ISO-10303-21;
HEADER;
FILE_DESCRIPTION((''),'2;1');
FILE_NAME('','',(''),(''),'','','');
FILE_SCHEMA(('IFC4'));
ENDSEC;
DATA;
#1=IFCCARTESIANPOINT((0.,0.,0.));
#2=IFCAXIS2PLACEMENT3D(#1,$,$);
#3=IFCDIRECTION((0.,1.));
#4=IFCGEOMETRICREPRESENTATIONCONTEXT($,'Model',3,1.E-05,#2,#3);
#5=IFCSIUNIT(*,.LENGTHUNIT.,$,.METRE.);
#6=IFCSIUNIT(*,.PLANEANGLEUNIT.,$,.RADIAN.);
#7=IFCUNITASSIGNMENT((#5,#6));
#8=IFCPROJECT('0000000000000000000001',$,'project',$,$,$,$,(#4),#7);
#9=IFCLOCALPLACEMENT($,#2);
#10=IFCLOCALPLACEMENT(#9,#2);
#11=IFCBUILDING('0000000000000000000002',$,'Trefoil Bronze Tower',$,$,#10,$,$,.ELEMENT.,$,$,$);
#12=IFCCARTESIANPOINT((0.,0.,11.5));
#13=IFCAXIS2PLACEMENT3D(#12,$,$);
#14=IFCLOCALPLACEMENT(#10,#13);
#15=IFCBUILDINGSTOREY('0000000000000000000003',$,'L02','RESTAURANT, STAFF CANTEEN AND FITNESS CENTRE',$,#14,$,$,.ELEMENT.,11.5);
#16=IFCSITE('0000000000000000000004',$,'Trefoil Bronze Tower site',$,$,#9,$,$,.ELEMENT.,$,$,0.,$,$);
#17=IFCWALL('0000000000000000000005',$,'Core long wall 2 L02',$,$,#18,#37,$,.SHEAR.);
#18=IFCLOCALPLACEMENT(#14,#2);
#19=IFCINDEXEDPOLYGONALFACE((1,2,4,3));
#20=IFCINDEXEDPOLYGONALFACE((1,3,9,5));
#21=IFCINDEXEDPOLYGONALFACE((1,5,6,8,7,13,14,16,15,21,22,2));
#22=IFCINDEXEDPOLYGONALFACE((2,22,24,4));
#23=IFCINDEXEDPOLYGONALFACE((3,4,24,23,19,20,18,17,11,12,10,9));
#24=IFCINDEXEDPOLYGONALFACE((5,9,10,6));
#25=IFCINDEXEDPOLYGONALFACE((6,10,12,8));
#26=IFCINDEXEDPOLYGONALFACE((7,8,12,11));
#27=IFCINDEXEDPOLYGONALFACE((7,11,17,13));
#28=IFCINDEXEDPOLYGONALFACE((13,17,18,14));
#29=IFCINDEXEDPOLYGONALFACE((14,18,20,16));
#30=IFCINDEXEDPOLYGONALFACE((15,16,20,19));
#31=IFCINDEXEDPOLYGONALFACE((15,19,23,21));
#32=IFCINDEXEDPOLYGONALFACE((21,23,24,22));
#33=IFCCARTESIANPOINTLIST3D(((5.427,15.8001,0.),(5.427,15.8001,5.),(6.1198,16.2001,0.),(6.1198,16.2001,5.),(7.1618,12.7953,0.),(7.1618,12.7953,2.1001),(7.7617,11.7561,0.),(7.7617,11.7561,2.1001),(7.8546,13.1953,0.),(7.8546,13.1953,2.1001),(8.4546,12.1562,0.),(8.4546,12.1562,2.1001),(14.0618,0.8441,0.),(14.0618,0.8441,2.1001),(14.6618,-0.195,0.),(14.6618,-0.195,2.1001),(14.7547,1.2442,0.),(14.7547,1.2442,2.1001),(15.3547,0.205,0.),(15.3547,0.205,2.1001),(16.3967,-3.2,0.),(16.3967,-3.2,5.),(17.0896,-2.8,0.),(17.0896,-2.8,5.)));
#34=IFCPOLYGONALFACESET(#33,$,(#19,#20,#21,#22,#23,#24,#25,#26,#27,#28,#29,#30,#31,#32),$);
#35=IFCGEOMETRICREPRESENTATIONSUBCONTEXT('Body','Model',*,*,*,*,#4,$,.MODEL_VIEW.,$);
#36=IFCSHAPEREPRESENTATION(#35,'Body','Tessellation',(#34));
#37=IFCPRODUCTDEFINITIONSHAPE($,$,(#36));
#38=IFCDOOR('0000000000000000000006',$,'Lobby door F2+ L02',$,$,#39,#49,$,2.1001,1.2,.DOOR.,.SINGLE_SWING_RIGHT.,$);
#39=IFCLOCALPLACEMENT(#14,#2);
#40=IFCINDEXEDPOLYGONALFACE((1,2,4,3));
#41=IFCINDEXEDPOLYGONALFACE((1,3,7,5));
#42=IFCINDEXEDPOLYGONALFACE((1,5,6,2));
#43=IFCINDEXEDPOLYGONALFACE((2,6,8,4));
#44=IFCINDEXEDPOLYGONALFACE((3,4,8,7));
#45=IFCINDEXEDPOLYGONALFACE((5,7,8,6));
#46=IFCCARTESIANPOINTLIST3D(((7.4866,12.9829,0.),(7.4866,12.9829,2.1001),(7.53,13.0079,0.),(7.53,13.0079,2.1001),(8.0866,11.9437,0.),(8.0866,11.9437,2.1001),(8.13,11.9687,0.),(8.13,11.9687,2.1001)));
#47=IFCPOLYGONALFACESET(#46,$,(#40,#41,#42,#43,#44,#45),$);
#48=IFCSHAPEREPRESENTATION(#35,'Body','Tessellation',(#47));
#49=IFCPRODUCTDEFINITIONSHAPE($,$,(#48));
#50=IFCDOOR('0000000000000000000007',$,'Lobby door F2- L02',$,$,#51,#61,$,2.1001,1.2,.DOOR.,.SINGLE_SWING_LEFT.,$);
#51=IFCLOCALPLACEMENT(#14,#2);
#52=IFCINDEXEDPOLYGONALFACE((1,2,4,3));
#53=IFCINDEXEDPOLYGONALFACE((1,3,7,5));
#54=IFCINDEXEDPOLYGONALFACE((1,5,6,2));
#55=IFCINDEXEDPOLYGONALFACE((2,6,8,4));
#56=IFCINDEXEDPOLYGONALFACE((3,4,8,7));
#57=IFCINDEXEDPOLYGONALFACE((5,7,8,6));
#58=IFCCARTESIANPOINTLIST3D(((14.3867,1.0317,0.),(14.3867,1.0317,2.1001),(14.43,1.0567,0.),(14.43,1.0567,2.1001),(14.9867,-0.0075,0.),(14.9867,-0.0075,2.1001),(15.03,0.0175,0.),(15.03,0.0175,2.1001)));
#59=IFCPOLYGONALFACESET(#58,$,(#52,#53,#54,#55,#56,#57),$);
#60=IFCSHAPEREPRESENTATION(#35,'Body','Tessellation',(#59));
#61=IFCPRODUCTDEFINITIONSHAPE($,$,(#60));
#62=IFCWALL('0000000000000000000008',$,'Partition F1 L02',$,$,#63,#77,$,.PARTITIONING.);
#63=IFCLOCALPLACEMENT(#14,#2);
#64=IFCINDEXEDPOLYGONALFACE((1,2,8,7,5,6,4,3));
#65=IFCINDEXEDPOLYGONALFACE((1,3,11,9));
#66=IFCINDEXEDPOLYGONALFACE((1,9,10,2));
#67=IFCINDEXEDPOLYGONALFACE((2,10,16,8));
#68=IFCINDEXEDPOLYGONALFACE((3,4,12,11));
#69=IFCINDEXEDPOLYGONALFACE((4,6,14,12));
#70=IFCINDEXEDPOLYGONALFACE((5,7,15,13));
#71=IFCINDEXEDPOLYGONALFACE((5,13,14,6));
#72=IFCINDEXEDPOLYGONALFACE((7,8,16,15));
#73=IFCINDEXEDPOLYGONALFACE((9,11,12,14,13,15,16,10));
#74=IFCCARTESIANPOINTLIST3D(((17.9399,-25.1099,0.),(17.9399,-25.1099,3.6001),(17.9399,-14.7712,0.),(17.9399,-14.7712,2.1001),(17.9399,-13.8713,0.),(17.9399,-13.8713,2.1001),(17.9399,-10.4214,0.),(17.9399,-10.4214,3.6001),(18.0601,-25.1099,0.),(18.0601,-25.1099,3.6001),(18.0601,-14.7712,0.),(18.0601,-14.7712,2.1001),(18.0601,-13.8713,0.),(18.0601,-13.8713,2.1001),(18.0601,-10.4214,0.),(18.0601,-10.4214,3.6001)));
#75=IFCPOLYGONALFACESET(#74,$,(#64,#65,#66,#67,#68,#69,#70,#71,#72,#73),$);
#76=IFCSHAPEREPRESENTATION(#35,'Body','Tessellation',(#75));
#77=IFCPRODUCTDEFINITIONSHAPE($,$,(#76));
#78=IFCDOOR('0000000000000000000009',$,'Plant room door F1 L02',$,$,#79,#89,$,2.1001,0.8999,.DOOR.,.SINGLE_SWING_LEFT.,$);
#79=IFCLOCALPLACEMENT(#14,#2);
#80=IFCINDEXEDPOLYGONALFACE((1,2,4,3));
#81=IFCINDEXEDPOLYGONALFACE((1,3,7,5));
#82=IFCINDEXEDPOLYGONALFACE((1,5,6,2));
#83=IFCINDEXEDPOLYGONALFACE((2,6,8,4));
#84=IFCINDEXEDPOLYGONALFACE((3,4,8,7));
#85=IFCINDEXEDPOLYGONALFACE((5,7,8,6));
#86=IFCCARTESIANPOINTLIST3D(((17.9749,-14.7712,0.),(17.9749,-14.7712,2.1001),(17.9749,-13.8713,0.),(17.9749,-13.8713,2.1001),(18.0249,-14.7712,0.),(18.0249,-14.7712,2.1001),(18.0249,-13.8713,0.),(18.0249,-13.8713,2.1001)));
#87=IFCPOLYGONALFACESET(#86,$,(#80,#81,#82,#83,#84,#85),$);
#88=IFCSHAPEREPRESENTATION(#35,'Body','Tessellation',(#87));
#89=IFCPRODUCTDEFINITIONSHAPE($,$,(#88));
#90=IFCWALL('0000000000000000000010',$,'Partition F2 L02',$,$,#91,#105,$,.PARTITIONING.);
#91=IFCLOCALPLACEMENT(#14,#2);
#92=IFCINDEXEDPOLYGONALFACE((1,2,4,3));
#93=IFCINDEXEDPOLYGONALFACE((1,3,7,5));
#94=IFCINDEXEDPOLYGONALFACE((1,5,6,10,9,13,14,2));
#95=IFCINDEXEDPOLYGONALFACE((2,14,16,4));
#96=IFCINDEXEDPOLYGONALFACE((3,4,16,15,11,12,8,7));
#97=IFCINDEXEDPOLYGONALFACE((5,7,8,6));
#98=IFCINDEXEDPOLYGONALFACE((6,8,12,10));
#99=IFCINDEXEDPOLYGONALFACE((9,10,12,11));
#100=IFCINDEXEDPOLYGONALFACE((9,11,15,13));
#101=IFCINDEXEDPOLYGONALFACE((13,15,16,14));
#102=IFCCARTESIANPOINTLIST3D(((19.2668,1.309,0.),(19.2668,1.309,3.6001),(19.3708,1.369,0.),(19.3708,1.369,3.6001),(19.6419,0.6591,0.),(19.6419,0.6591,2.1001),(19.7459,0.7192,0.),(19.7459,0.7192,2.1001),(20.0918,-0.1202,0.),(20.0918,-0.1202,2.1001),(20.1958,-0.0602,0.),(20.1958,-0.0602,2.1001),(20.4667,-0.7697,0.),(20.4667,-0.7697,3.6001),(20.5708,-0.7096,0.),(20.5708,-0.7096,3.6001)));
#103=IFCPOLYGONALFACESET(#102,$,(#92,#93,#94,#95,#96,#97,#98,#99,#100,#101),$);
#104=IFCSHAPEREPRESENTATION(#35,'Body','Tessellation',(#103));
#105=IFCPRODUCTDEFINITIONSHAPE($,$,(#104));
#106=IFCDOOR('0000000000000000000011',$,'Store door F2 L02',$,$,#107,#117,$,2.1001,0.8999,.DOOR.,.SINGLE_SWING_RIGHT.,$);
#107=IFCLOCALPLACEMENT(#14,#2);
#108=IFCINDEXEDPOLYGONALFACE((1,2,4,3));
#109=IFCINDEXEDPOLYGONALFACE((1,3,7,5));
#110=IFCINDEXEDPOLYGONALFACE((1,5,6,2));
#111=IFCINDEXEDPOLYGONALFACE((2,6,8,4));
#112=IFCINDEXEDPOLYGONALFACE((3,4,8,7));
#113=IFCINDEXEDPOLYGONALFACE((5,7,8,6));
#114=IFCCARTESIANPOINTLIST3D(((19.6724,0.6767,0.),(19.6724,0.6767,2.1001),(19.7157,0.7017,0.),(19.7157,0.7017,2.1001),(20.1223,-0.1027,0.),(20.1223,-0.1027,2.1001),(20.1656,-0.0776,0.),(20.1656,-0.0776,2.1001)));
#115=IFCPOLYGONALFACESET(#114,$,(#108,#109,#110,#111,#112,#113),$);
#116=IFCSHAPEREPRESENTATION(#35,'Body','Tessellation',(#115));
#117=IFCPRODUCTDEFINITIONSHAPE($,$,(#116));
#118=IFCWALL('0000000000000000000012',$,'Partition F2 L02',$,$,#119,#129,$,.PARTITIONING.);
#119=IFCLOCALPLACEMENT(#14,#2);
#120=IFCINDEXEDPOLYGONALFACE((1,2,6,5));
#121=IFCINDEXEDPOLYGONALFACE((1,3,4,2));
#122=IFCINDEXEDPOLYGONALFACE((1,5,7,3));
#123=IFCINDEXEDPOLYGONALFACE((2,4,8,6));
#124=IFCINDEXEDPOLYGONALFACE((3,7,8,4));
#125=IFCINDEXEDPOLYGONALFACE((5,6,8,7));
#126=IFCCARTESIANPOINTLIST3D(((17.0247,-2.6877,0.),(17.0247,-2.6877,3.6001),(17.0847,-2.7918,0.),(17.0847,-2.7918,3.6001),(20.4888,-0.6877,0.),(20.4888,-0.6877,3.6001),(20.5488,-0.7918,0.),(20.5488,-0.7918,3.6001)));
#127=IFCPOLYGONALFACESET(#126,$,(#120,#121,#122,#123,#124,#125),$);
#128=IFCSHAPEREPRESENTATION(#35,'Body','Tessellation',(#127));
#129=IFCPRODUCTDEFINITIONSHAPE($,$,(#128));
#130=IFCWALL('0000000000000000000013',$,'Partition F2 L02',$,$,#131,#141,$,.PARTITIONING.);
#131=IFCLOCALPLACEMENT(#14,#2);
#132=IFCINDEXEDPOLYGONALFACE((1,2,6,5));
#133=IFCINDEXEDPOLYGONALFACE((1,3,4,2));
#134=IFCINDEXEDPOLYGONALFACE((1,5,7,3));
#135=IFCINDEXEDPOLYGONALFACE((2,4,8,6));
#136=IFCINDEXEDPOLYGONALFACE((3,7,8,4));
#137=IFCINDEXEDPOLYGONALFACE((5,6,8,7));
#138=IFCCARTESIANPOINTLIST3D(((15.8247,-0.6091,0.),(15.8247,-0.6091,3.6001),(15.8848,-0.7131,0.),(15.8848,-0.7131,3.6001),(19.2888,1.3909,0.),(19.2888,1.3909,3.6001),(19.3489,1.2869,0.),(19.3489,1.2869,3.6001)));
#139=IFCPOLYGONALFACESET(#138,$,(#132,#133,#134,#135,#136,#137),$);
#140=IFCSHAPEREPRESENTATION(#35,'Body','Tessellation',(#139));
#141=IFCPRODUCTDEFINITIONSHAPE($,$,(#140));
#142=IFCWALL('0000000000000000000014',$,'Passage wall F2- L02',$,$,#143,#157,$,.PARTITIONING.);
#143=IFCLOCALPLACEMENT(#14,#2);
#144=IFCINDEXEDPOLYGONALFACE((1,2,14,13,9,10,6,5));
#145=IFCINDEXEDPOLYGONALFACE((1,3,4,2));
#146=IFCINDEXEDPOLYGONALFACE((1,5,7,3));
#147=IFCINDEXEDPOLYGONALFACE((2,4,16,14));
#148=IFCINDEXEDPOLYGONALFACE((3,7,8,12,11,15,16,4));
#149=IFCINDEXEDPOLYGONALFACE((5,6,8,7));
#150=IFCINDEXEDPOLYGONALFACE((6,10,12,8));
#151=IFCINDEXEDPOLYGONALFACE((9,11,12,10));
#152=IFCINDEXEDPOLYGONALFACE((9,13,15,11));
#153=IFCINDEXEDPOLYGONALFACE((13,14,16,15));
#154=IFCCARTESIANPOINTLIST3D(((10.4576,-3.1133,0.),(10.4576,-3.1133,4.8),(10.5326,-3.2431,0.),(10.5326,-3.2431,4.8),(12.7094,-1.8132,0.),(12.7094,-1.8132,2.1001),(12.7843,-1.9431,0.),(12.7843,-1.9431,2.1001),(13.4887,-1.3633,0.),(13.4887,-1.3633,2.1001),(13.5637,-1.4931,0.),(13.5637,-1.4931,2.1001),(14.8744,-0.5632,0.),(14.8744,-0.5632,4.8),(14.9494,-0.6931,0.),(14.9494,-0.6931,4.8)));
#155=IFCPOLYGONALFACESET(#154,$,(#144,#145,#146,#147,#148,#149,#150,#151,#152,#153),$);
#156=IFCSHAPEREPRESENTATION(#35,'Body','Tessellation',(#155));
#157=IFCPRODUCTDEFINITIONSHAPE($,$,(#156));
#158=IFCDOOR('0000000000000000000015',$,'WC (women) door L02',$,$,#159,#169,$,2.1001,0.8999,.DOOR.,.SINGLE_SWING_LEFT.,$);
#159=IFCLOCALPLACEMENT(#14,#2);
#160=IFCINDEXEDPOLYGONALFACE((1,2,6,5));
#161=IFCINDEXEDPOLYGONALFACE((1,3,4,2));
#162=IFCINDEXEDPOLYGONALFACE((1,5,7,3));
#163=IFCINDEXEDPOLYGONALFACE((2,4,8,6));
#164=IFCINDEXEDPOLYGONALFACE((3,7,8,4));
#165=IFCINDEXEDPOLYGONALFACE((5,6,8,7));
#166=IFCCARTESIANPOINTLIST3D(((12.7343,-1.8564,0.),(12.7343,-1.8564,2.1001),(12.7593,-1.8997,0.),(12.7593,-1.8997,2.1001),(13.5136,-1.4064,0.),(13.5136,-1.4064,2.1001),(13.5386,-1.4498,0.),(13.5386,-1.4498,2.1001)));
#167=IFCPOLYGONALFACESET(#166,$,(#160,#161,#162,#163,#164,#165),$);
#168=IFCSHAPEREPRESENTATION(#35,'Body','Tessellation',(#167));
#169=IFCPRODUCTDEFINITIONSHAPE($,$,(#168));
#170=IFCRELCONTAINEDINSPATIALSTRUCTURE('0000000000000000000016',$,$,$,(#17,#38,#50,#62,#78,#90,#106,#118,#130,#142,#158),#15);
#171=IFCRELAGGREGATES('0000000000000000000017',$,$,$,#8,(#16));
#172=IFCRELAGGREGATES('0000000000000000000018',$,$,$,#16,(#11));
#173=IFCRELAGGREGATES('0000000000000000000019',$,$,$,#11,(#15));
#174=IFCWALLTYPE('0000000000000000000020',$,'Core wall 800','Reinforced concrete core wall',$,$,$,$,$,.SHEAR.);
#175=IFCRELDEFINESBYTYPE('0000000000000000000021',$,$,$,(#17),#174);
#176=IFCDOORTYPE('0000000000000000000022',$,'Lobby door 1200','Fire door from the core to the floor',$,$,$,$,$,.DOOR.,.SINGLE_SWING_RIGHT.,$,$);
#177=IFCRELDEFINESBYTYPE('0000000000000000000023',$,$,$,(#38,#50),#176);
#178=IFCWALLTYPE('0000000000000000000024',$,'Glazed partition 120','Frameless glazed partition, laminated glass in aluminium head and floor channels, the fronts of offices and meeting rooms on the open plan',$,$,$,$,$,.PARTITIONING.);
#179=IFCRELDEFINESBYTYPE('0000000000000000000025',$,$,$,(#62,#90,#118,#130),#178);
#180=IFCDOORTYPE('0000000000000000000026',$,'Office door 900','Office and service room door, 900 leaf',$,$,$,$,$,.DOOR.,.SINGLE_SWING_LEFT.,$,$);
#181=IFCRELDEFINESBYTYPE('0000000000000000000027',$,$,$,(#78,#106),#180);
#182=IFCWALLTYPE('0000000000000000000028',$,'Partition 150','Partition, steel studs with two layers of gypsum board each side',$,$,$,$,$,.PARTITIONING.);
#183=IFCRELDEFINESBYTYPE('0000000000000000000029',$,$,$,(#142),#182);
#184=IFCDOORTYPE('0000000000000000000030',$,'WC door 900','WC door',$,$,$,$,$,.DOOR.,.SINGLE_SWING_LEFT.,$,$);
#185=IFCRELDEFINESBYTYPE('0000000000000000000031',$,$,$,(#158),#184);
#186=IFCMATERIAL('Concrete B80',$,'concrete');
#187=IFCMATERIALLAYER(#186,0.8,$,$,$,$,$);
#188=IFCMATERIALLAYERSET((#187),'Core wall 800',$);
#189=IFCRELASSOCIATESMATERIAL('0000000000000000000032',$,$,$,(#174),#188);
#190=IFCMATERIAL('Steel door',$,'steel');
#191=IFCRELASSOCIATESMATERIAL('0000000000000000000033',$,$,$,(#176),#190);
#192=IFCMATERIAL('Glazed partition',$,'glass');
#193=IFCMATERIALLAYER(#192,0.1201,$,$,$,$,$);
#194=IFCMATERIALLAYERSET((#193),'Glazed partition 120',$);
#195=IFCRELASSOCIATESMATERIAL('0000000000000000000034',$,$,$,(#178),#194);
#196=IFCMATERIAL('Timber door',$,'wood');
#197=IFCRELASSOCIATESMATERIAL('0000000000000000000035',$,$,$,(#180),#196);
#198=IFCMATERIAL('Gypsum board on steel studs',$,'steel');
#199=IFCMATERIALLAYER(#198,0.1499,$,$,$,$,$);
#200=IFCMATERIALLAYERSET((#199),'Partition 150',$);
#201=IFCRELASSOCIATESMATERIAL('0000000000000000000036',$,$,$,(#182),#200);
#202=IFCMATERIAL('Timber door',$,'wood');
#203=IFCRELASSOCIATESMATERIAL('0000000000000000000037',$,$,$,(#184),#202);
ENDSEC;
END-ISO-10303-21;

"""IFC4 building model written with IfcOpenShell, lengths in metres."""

from ifc_helpers import new_model, si_unit, direction, frame, frame_2d, origin, place, context, subcontext, project, spatial, rectangle, extrude, material, layer, layer_set, type_object, element, fill, save


model = new_model("IFC4")

# Units and contexts
model_context = context("Model", 3, precision=1e-05, world=origin(), true_north=direction((0.0, 1.0)))
body_context = subcontext(model_context, "Body", "Model", "MODEL_VIEW")
ifc_project = project(units=[si_unit("LENGTHUNIT", "METRE"), si_unit("PLANEANGLEUNIT", "RADIAN")], contexts=[model_context])

# Site, building, storey
site_placement = place(None, origin())
site = spatial("IfcSite", under=ifc_project, at=site_placement, Name="Trefoil Bronze Tower site", CompositionType="ELEMENT", RefElevation=0.0)
building_placement = place(site_placement, origin())
building = spatial("IfcBuilding", under=site, at=building_placement, Name="Trefoil Bronze Tower", CompositionType="ELEMENT")
storey_placement = place(building_placement, frame((0.0, 0.0, 11.5)))
storey = spatial("IfcBuildingStorey", under=building, at=storey_placement, Name="L02", Description="RESTAURANT, STAFF CANTEEN AND FITNESS CENTRE", CompositionType="ELEMENT", Elevation=11.5)

# Wall, openings, doors
ifc_material_1 = material(Name="Concrete B80", Category="concrete")
ifc_layer_1 = layer(ifc_material_1, 0.8)
ifc_layer_set_1 = layer_set([ifc_layer_1], Name="Core wall 800")
wall_type_1 = type_object("IfcWallType", Name="Core wall 800", Description="Reinforced concrete core wall", PredefinedType="SHEAR", material=ifc_layer_set_1)
wall_1_placement = place(storey_placement, frame((16.7432, -3.0, 0.0), z_axis=(0.0, 0.0, 1.0), x_axis=(-0.500002, 0.866024, 0.0)))
wall_1 = element("IfcWall", 1, at=wall_1_placement, inside=storey, type_object=wall_type_1, Name="Core long wall 2 L02", PredefinedType="SHEAR", context=body_context, shape_type="SweptSolid", body=[
    extrude(rectangle(XDim=21.9395, YDim=0.8, at=frame_2d((10.9697, 0.0))), origin(), (0.0, 0.0, 1.0), 5.0),
])
opening_1_placement = place(wall_1_placement, frame((17.2698, 0.0, 0.0)))
opening_1 = element("IfcOpeningElement", 2, at=opening_1_placement, cuts=wall_1, PredefinedType="OPENING", context=body_context, shape_type="SweptSolid", body=[
    extrude(rectangle(XDim=1.2, YDim=2.1001, at=frame_2d((0.6001, 1.05))), frame((0.0, 0.4099, 0.0), z_axis=(0.0, -1.0, 0.0), x_axis=(1.0, 0.0, 0.0)), (0.0, 0.0, 1.0), 0.8201),
])
opening_2_placement = place(wall_1_placement, frame((3.4697, 0.0, 0.0)))
opening_2 = element("IfcOpeningElement", 3, at=opening_2_placement, cuts=wall_1, PredefinedType="OPENING", context=body_context, shape_type="SweptSolid", body=[
    extrude(rectangle(XDim=1.2, YDim=2.1001, at=frame_2d((0.6001, 1.05))), frame((0.0, 0.4099, 0.0), z_axis=(0.0, -1.0, 0.0), x_axis=(1.0, 0.0, 0.0)), (0.0, 0.0, 1.0), 0.8201),
])
ifc_material_2 = material(Name="Steel door", Category="steel")
door_type_1 = type_object("IfcDoorType", Name="Lobby door 1200", Description="Fire door from the core to the floor", OperationType="SINGLE_SWING_RIGHT", PredefinedType="DOOR", material=ifc_material_2)
door_1_placement = place(opening_1_placement, origin())
door_1 = element("IfcDoor", 4, at=door_1_placement, inside=storey, type_object=door_type_1, Name="Lobby door F2+ L02", OperationType="SINGLE_SWING_RIGHT", OverallHeight=2.1001, OverallWidth=1.2, PredefinedType="DOOR", context=body_context, shape_type="SweptSolid", body=[
    extrude(rectangle(XDim=1.2, YDim=2.1001, at=frame_2d((0.6001, 1.05))), frame((0.0, 0.0249, 0.0), z_axis=(0.0, -1.0, 0.0), x_axis=(1.0, 0.0, 0.0)), (0.0, 0.0, 1.0), 0.05),
])
fill(opening_1, door_1)
door_2_placement = place(opening_2_placement, origin())
door_2 = element("IfcDoor", 5, at=door_2_placement, inside=storey, type_object=door_type_1, Name="Lobby door F2- L02", OperationType="SINGLE_SWING_LEFT", OverallHeight=2.1001, OverallWidth=1.2, PredefinedType="DOOR", context=body_context, shape_type="SweptSolid", body=[
    extrude(rectangle(XDim=1.2, YDim=2.1001, at=frame_2d((0.6001, 1.05))), frame((0.0, 0.0249, 0.0), z_axis=(0.0, -1.0, 0.0), x_axis=(1.0, 0.0, 0.0)), (0.0, 0.0, 1.0), 0.05),
])
fill(opening_2, door_2)

# Walls, openings, doors
ifc_material_3 = material(Name="Glazed partition", Category="glass")
ifc_layer_2 = layer(ifc_material_3, 0.1201)
ifc_layer_set_2 = layer_set([ifc_layer_2], Name="Glazed partition 120")
wall_type_2 = type_object("IfcWallType", Name="Glazed partition 120", Description="Frameless glazed partition, laminated glass in aluminium head and floor channels, the fronts of offices and meeting rooms on the open plan", PredefinedType="PARTITIONING", material=ifc_layer_set_2)
wall_2_placement = place(storey_placement, frame((18.0, -10.4214, 0.0), z_axis=(0.0, 0.0, 1.0), x_axis=(0.0, -1.0, 0.0)))
wall_2 = element("IfcWall", 6, at=wall_2_placement, inside=storey, type_object=wall_type_2, Name="Partition F1 L02", PredefinedType="PARTITIONING", context=body_context, shape_type="SweptSolid", body=[
    extrude(rectangle(XDim=14.6885, YDim=0.1201, at=frame_2d((7.3442, 0.0))), origin(), (0.0, 0.0, 1.0), 3.6001),
])
opening_3_placement = place(wall_2_placement, frame((3.45, 0.0, 0.0)))
opening_3 = element("IfcOpeningElement", 7, at=opening_3_placement, cuts=wall_2, PredefinedType="OPENING", context=body_context, shape_type="SweptSolid", body=[
    extrude(rectangle(XDim=0.8999, YDim=2.1001, at=frame_2d((0.45, 1.05))), frame((0.0, 0.0701, 0.0), z_axis=(0.0, -1.0, 0.0), x_axis=(1.0, 0.0, 0.0)), (0.0, 0.0, 1.0), 0.1401),
])
ifc_material_4 = material(Name="Timber door", Category="wood")
door_type_2 = type_object("IfcDoorType", Name="Office door 900", Description="Office and service room door, 900 leaf", OperationType="SINGLE_SWING_LEFT", PredefinedType="DOOR", material=ifc_material_4)
door_3_placement = place(opening_3_placement, origin())
door_3 = element("IfcDoor", 8, at=door_3_placement, inside=storey, type_object=door_type_2, Name="Plant room door F1 L02", OperationType="SINGLE_SWING_LEFT", OverallHeight=2.1001, OverallWidth=0.8999, PredefinedType="DOOR", context=body_context, shape_type="SweptSolid", body=[
    extrude(rectangle(XDim=0.8999, YDim=2.1001, at=frame_2d((0.45, 1.05))), frame((0.0, 0.0249, 0.0), z_axis=(0.0, -1.0, 0.0), x_axis=(1.0, 0.0, 0.0)), (0.0, 0.0, 1.0), 0.05),
])
fill(opening_3, door_3)
wall_3_placement = place(storey_placement, frame((20.5188, -0.7397, 0.0), z_axis=(0.0, 0.0, 1.0), x_axis=(-0.499957, 0.86605, 0.0)))
wall_3 = element("IfcWall", 9, at=wall_3_placement, inside=storey, type_object=wall_type_2, Name="Partition F2 L02", PredefinedType="PARTITIONING", context=body_context, shape_type="SweptSolid", body=[
    extrude(rectangle(XDim=2.4001, YDim=0.1201, at=frame_2d((1.2002, 0.0))), origin(), (0.0, 0.0, 1.0), 3.6001),
])
opening_4_placement = place(wall_3_placement, frame((0.75, 0.0, 0.0)))
opening_4 = element("IfcOpeningElement", 10, at=opening_4_placement, cuts=wall_3, PredefinedType="OPENING", context=body_context, shape_type="SweptSolid", body=[
    extrude(rectangle(XDim=0.8999, YDim=2.1001, at=frame_2d((0.45, 1.05))), frame((0.0, 0.0701, 0.0), z_axis=(0.0, -1.0, 0.0), x_axis=(1.0, 0.0, 0.0)), (0.0, 0.0, 1.0), 0.1401),
])
door_4_placement = place(opening_4_placement, origin())
door_4 = element("IfcDoor", 11, at=door_4_placement, inside=storey, type_object=door_type_2, Name="Store door F2 L02", OperationType="SINGLE_SWING_RIGHT", OverallHeight=2.1001, OverallWidth=0.8999, PredefinedType="DOOR", context=body_context, shape_type="SweptSolid", body=[
    extrude(rectangle(XDim=0.8999, YDim=2.1001, at=frame_2d((0.45, 1.05))), frame((0.0, 0.0249, 0.0), z_axis=(0.0, -1.0, 0.0), x_axis=(1.0, 0.0, 0.0)), (0.0, 0.0, 1.0), 0.05),
])
fill(opening_4, door_4)

# Walls
for number, where, z_axis, x_axis, name in (
    (12, (17.0547, -2.7397, 0.0), (0.0, 0.0, 1.0), (0.866026, 0.499999, 0.0), "Partition F2 L02"),
    (13, (15.8547, -0.6611, 0.0), (0.0, 0.0, 1.0), (0.866026, 0.499999, 0.0), "Partition F2 L02"),
):
    element("IfcWall", number, at=place(storey_placement, frame(where, z_axis=z_axis, x_axis=x_axis)), inside=storey, type_object=wall_type_2, Name=name, PredefinedType="PARTITIONING", context=body_context, shape_type="SweptSolid", body=[
        extrude(rectangle(XDim=4.0, YDim=0.1201, at=frame_2d((2.0, 0.0))), origin(), (0.0, 0.0, 1.0), 3.6001),
    ])

# Wall, opening, door
ifc_material_5 = material(Name="Gypsum board on steel studs", Category="steel")
ifc_layer_3 = layer(ifc_material_5, 0.1499)
ifc_layer_set_3 = layer_set([ifc_layer_3], Name="Partition 150")
wall_type_3 = type_object("IfcWallType", Name="Partition 150", Description="Partition, steel studs with two layers of gypsum board each side", PredefinedType="PARTITIONING", material=ifc_layer_set_3)
wall_4_placement = place(storey_placement, frame((10.4951, -3.1782, 0.0), z_axis=(0.0, 0.0, 1.0), x_axis=(0.866022, 0.500006, 0.0)))
wall_4 = element("IfcWall", 14, at=wall_4_placement, inside=storey, type_object=wall_type_3, Name="Passage wall F2- L02", PredefinedType="PARTITIONING", context=body_context, shape_type="SweptSolid", body=[
    extrude(rectangle(XDim=5.1001, YDim=0.1499, at=frame_2d((2.55, 0.0))), origin(), (0.0, 0.0, 1.0), 4.8),
])
opening_5_placement = place(wall_4_placement, frame((2.6001, 0.0, 0.0)))
opening_5 = element("IfcOpeningElement", 15, at=opening_5_placement, cuts=wall_4, PredefinedType="OPENING", context=body_context, shape_type="SweptSolid", body=[
    extrude(rectangle(XDim=0.8999, YDim=2.1001, at=frame_2d((0.45, 1.05))), frame((0.0, 0.085, 0.0), z_axis=(0.0, -1.0, 0.0), x_axis=(1.0, 0.0, 0.0)), (0.0, 0.0, 1.0), 0.1699),
])
ifc_material_6 = material(Name="Timber door", Category="wood")
door_type_3 = type_object("IfcDoorType", Name="WC door 900", Description="WC door", OperationType="SINGLE_SWING_LEFT", PredefinedType="DOOR", material=ifc_material_6)
door_5_placement = place(opening_5_placement, frame((0.8999, 0.0, 0.0), z_axis=(0.0, 0.0, 1.0), x_axis=(-1.0, 0.0, 0.0)))
door_5 = element("IfcDoor", 16, at=door_5_placement, inside=storey, type_object=door_type_3, Name="WC (women) door L02", OperationType="SINGLE_SWING_LEFT", OverallHeight=2.1001, OverallWidth=0.8999, PredefinedType="DOOR", context=body_context, shape_type="SweptSolid", body=[
    extrude(rectangle(XDim=0.8999, YDim=2.1001, at=frame_2d((0.45, 1.05))), frame((0.0, 0.0249, 0.0), z_axis=(0.0, -1.0, 0.0), x_axis=(1.0, 0.0, 0.0)), (0.0, 0.0, 1.0), 0.05),
])
fill(opening_5, door_5)

save(model, "model.ifc")
